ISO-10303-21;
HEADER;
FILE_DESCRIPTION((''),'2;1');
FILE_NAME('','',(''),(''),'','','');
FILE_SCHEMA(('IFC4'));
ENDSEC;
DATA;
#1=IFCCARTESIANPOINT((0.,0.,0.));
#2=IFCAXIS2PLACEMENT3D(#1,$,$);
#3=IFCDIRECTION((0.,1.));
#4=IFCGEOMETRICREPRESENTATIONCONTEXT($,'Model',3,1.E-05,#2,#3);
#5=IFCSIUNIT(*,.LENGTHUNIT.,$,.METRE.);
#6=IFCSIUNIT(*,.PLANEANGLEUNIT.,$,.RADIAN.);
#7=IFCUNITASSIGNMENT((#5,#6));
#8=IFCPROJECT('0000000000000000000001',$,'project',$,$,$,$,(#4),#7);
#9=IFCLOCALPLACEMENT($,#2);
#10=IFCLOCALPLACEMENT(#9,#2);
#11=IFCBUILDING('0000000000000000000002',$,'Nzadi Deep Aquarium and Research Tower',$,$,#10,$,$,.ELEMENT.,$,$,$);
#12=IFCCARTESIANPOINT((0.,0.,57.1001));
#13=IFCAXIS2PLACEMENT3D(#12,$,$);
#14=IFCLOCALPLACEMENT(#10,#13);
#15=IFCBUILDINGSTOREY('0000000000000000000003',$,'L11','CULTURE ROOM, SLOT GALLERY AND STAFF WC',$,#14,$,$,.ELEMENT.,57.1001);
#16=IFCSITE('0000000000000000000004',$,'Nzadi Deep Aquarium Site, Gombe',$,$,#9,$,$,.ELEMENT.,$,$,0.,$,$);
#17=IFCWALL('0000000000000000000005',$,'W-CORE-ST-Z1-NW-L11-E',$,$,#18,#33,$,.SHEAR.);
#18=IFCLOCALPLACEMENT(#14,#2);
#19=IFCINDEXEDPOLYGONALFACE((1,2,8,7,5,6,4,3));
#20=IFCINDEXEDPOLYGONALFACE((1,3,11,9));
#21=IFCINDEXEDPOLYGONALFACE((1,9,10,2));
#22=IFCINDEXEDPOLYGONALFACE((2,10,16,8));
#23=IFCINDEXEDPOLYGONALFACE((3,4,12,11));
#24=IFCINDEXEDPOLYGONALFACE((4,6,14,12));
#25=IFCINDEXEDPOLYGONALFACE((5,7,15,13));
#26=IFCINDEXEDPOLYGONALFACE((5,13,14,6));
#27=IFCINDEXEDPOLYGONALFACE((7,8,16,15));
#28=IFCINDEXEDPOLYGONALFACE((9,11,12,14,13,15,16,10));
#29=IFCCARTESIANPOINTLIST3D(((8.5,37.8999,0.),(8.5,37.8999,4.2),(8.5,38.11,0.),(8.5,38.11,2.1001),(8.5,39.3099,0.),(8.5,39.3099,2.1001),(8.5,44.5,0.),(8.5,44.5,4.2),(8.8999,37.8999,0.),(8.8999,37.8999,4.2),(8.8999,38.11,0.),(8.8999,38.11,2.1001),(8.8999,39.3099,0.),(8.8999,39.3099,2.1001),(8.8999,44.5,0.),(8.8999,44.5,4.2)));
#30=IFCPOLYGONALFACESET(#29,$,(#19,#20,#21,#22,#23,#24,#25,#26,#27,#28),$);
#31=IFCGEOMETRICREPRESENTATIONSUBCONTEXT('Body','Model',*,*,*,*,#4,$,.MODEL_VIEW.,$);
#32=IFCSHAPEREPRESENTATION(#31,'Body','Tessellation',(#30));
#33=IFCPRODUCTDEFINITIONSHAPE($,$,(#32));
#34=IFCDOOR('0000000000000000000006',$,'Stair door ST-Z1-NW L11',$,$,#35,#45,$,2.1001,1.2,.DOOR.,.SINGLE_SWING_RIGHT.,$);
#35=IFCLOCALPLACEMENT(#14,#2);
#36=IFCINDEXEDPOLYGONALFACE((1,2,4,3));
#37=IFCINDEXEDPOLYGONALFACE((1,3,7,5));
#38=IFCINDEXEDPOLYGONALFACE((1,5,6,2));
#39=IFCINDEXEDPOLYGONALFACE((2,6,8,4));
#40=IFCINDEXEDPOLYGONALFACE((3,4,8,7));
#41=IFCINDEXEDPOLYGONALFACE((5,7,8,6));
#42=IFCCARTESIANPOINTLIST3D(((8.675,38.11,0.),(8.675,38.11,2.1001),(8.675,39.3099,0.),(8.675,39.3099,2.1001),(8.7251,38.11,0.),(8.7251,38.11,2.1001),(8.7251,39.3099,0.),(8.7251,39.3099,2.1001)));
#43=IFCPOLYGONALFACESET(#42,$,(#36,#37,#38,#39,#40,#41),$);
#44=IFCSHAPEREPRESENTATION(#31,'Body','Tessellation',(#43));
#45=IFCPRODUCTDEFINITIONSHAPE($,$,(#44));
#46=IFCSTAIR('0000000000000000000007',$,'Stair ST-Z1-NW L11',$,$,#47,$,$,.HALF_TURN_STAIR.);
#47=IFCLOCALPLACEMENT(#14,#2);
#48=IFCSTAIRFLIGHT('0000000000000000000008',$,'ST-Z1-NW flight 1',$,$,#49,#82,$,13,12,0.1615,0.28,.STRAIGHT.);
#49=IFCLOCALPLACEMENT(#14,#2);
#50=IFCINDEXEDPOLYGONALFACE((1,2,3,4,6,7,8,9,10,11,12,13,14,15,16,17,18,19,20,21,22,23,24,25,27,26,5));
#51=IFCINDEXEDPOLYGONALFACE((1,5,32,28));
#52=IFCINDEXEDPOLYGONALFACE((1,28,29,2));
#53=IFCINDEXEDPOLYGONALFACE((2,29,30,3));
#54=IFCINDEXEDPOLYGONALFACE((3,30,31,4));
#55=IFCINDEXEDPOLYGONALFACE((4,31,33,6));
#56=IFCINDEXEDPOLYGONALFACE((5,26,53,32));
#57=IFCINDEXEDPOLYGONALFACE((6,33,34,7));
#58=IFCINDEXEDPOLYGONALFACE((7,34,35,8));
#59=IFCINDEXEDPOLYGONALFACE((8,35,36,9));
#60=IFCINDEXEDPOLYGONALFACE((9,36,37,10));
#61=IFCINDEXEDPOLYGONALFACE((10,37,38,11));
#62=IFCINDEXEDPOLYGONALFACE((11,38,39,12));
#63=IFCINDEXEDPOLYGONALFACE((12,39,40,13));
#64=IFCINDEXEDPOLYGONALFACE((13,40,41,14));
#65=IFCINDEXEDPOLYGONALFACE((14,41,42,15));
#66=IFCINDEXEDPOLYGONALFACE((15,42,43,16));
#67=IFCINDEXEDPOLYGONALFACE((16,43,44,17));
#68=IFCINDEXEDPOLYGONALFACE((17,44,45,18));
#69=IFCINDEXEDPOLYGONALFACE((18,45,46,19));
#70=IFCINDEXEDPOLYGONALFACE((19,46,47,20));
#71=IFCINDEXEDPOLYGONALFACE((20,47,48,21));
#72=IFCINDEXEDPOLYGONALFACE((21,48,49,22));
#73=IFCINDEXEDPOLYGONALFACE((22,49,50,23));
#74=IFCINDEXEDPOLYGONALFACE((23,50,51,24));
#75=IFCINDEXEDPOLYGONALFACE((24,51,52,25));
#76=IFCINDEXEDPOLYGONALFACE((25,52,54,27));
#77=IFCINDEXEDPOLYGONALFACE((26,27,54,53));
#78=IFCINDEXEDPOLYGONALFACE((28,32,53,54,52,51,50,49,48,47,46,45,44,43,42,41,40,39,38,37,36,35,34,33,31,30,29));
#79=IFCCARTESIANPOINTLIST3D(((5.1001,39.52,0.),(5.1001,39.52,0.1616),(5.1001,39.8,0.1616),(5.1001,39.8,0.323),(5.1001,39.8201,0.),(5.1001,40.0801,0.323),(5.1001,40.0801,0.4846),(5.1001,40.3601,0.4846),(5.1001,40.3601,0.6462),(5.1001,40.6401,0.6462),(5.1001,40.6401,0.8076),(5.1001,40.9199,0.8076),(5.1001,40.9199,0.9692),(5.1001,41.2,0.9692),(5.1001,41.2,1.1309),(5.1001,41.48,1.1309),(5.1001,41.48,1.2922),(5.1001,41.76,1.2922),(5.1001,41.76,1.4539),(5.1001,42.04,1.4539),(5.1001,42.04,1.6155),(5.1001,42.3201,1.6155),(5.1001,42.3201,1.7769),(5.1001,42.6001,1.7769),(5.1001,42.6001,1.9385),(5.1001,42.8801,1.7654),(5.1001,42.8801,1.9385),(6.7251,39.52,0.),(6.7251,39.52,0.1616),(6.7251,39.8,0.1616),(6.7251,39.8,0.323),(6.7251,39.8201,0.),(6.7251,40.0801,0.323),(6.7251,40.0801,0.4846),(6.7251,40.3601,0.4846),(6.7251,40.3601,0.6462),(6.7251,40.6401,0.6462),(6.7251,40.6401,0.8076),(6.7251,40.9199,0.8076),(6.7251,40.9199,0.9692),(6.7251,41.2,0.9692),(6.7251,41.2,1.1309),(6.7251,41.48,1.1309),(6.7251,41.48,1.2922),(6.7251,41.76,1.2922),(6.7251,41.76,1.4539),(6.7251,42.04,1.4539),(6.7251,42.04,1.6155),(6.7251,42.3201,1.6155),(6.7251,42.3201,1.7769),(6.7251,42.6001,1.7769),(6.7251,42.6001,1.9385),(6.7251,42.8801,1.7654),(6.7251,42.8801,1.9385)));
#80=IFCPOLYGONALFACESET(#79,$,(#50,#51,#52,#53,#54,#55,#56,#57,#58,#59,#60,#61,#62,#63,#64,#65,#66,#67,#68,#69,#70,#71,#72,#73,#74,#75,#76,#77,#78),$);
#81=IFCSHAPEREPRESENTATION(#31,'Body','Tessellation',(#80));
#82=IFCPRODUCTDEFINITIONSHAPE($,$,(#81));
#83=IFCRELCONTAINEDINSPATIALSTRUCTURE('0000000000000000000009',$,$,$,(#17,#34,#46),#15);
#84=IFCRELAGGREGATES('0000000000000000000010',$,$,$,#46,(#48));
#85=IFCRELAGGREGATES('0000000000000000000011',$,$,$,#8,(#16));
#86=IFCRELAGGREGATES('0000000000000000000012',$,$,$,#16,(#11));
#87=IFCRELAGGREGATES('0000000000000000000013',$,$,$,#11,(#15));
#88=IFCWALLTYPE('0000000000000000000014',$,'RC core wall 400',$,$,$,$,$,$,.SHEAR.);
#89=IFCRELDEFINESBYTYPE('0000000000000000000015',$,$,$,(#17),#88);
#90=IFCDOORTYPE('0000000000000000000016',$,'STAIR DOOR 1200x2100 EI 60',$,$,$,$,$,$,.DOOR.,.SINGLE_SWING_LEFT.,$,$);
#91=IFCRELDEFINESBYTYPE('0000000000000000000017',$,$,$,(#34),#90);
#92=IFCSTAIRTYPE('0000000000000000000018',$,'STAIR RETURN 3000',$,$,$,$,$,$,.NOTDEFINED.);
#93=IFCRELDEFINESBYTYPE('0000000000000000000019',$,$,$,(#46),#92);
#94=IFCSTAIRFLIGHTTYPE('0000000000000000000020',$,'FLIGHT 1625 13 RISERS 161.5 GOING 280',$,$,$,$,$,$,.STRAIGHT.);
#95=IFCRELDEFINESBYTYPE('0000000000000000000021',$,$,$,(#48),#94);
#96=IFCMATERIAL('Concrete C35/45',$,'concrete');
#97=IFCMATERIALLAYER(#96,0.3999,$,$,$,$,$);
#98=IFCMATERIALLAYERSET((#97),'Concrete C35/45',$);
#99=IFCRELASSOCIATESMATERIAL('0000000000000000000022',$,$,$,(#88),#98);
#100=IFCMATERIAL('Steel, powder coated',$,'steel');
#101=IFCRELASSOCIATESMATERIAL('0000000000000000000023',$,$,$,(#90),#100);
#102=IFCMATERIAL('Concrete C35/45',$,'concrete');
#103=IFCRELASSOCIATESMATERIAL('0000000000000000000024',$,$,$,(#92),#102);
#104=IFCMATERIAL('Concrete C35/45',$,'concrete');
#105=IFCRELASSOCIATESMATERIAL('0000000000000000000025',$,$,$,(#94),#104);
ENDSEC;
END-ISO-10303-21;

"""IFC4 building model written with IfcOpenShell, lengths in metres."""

from ifc_helpers import new_model, si_unit, direction, frame, frame_2d, origin, place, context, subcontext, project, spatial, polyline, rectangle, outline, extrude, material, layer, layer_set, type_object, element, fill, aggregate, save


model = new_model("IFC4")

# Units and contexts
model_context = context("Model", 3, precision=1e-05, world=origin(), true_north=direction((0.0, 1.0)))
body_context = subcontext(model_context, "Body", "Model", "MODEL_VIEW")
ifc_project = project(units=[si_unit("LENGTHUNIT", "METRE"), si_unit("PLANEANGLEUNIT", "RADIAN")], contexts=[model_context])

# Site, building, storey
site_placement = place(None, origin())
site = spatial("IfcSite", under=ifc_project, at=site_placement, Name="Nzadi Deep Aquarium Site, Gombe", CompositionType="ELEMENT", RefElevation=0.0)
building_placement = place(site_placement, origin())
building = spatial("IfcBuilding", under=site, at=building_placement, Name="Nzadi Deep Aquarium and Research Tower", CompositionType="ELEMENT")
storey_placement = place(building_placement, frame((0.0, 0.0, 57.1001)))
storey = spatial("IfcBuildingStorey", under=building, at=storey_placement, Name="L11", Description="CULTURE ROOM, SLOT GALLERY AND STAFF WC", CompositionType="ELEMENT", Elevation=57.1001)

# Shared definitions
ifc_material_1 = material(Name="Concrete C35/45", Category="concrete")
ifc_layer_1 = layer(ifc_material_1, 0.3999)
ifc_layer_set_1 = layer_set([ifc_layer_1], Name="Concrete C35/45")
wall_type_1 = type_object("IfcWallType", Name="RC core wall 400", PredefinedType="SHEAR", material=ifc_layer_set_1)

# Wall, opening, door
wall_1_placement = place(storey_placement, frame((8.7, 37.8999, 0.0), z_axis=(0.0, 0.0, 1.0), x_axis=(0.0, 1.0, 0.0)))
wall_1 = element("IfcWall", 1, at=wall_1_placement, inside=storey, type_object=wall_type_1, Name="W-CORE-ST-Z1-NW-L11-E", PredefinedType="SHEAR", context=body_context, shape_type="SweptSolid", body=[
    extrude(rectangle(XDim=6.6001, YDim=0.3999, at=frame_2d((3.3, 0.0))), origin(), (0.0, 0.0, 1.0), 4.2),
])
opening_1_placement = place(wall_1_placement, frame((0.21, 0.0, 0.0)))
opening_1 = element("IfcOpeningElement", 2, at=opening_1_placement, cuts=wall_1, PredefinedType="OPENING", context=body_context, shape_type="SweptSolid", body=[
    extrude(rectangle(XDim=1.2, YDim=2.1001, at=frame_2d((0.6001, 1.05))), frame((0.0, 0.21, 0.0), z_axis=(0.0, -1.0, 0.0), x_axis=(1.0, 0.0, 0.0)), (0.0, 0.0, 1.0), 0.4199),
])
ifc_material_2 = material(Name="Steel, powder coated", Category="steel")
door_type_1 = type_object("IfcDoorType", Name="STAIR DOOR 1200x2100 EI 60", OperationType="SINGLE_SWING_LEFT", PredefinedType="DOOR", material=ifc_material_2)
door_1_placement = place(opening_1_placement, origin())
door_1 = element("IfcDoor", 3, at=door_1_placement, inside=storey, type_object=door_type_1, Name="Stair door ST-Z1-NW L11", OperationType="SINGLE_SWING_RIGHT", OverallHeight=2.1001, OverallWidth=1.2, PredefinedType="DOOR", context=body_context, shape_type="SweptSolid", body=[
    extrude(rectangle(XDim=1.2, YDim=2.1001, at=frame_2d((0.6001, 1.05))), frame((0.0, 0.0249, 0.0), z_axis=(0.0, -1.0, 0.0), x_axis=(1.0, 0.0, 0.0)), (0.0, 0.0, 1.0), 0.05),
])
fill(opening_1, door_1)

# Stair, stair flight
ifc_material_3 = material(Name="Concrete C35/45", Category="concrete")
stair_type = type_object("IfcStairType", Name="STAIR RETURN 3000", PredefinedType="NOTDEFINED", material=ifc_material_3)
stair_placement = place(storey_placement, origin())
stair = element("IfcStair", 4, at=stair_placement, inside=storey, type_object=stair_type, Name="Stair ST-Z1-NW L11", PredefinedType="HALF_TURN_STAIR")
ifc_material_4 = material(Name="Concrete C35/45", Category="concrete")
stair_flight_type = type_object("IfcStairFlightType", Name="FLIGHT 1625 13 RISERS 161.5 GOING 280", PredefinedType="STRAIGHT", material=ifc_material_4)
stair_flight_placement = place(storey_placement, frame((5.9126, 39.52, 0.0), z_axis=(0.0, 0.0, 1.0), x_axis=(0.0, 1.0, 0.0)))
stair_flight = element("IfcStairFlight", 5, at=stair_flight_placement, type_object=stair_flight_type, Name="ST-Z1-NW flight 1", NumberOfRisers=13, NumberOfTreads=12, PredefinedType="STRAIGHT", RiserHeight=0.1615, TreadLength=0.28, context=body_context, shape_type="SweptSolid", body=[
    extrude(outline(polyline([(0.0, 0.0), (0.0, 0.1616), (0.28, 0.1616), (0.28, 0.323), (0.5601, 0.323), (0.5601, 0.4846), (0.8401, 0.4846), (0.8401, 0.6462), (1.1201, 0.6462), (1.1201, 0.8076), (1.3999, 0.8076), (1.3999, 0.9692), (1.6799, 0.9692), (1.6799, 1.1309), (1.96, 1.1309), (1.96, 1.2922), (2.24, 1.2922), (2.24, 1.4539), (2.52, 1.4539), (2.52, 1.6155), (2.8, 1.6155), (2.8, 1.7769), (3.0801, 1.7769), (3.0801, 1.9385), (3.3601, 1.9385), (3.3601, 2.1001), (3.3601, 1.7654), (0.3, 0.0), (0.0, 0.0)])), frame((0.0, 0.8125, 0.0), z_axis=(0.0, -1.0, 0.0), x_axis=(1.0, 0.0, 0.0)), (0.0, 0.0, 1.0), 1.625),
])
aggregate(stair, [stair_flight])

save(model, "model.ifc")
